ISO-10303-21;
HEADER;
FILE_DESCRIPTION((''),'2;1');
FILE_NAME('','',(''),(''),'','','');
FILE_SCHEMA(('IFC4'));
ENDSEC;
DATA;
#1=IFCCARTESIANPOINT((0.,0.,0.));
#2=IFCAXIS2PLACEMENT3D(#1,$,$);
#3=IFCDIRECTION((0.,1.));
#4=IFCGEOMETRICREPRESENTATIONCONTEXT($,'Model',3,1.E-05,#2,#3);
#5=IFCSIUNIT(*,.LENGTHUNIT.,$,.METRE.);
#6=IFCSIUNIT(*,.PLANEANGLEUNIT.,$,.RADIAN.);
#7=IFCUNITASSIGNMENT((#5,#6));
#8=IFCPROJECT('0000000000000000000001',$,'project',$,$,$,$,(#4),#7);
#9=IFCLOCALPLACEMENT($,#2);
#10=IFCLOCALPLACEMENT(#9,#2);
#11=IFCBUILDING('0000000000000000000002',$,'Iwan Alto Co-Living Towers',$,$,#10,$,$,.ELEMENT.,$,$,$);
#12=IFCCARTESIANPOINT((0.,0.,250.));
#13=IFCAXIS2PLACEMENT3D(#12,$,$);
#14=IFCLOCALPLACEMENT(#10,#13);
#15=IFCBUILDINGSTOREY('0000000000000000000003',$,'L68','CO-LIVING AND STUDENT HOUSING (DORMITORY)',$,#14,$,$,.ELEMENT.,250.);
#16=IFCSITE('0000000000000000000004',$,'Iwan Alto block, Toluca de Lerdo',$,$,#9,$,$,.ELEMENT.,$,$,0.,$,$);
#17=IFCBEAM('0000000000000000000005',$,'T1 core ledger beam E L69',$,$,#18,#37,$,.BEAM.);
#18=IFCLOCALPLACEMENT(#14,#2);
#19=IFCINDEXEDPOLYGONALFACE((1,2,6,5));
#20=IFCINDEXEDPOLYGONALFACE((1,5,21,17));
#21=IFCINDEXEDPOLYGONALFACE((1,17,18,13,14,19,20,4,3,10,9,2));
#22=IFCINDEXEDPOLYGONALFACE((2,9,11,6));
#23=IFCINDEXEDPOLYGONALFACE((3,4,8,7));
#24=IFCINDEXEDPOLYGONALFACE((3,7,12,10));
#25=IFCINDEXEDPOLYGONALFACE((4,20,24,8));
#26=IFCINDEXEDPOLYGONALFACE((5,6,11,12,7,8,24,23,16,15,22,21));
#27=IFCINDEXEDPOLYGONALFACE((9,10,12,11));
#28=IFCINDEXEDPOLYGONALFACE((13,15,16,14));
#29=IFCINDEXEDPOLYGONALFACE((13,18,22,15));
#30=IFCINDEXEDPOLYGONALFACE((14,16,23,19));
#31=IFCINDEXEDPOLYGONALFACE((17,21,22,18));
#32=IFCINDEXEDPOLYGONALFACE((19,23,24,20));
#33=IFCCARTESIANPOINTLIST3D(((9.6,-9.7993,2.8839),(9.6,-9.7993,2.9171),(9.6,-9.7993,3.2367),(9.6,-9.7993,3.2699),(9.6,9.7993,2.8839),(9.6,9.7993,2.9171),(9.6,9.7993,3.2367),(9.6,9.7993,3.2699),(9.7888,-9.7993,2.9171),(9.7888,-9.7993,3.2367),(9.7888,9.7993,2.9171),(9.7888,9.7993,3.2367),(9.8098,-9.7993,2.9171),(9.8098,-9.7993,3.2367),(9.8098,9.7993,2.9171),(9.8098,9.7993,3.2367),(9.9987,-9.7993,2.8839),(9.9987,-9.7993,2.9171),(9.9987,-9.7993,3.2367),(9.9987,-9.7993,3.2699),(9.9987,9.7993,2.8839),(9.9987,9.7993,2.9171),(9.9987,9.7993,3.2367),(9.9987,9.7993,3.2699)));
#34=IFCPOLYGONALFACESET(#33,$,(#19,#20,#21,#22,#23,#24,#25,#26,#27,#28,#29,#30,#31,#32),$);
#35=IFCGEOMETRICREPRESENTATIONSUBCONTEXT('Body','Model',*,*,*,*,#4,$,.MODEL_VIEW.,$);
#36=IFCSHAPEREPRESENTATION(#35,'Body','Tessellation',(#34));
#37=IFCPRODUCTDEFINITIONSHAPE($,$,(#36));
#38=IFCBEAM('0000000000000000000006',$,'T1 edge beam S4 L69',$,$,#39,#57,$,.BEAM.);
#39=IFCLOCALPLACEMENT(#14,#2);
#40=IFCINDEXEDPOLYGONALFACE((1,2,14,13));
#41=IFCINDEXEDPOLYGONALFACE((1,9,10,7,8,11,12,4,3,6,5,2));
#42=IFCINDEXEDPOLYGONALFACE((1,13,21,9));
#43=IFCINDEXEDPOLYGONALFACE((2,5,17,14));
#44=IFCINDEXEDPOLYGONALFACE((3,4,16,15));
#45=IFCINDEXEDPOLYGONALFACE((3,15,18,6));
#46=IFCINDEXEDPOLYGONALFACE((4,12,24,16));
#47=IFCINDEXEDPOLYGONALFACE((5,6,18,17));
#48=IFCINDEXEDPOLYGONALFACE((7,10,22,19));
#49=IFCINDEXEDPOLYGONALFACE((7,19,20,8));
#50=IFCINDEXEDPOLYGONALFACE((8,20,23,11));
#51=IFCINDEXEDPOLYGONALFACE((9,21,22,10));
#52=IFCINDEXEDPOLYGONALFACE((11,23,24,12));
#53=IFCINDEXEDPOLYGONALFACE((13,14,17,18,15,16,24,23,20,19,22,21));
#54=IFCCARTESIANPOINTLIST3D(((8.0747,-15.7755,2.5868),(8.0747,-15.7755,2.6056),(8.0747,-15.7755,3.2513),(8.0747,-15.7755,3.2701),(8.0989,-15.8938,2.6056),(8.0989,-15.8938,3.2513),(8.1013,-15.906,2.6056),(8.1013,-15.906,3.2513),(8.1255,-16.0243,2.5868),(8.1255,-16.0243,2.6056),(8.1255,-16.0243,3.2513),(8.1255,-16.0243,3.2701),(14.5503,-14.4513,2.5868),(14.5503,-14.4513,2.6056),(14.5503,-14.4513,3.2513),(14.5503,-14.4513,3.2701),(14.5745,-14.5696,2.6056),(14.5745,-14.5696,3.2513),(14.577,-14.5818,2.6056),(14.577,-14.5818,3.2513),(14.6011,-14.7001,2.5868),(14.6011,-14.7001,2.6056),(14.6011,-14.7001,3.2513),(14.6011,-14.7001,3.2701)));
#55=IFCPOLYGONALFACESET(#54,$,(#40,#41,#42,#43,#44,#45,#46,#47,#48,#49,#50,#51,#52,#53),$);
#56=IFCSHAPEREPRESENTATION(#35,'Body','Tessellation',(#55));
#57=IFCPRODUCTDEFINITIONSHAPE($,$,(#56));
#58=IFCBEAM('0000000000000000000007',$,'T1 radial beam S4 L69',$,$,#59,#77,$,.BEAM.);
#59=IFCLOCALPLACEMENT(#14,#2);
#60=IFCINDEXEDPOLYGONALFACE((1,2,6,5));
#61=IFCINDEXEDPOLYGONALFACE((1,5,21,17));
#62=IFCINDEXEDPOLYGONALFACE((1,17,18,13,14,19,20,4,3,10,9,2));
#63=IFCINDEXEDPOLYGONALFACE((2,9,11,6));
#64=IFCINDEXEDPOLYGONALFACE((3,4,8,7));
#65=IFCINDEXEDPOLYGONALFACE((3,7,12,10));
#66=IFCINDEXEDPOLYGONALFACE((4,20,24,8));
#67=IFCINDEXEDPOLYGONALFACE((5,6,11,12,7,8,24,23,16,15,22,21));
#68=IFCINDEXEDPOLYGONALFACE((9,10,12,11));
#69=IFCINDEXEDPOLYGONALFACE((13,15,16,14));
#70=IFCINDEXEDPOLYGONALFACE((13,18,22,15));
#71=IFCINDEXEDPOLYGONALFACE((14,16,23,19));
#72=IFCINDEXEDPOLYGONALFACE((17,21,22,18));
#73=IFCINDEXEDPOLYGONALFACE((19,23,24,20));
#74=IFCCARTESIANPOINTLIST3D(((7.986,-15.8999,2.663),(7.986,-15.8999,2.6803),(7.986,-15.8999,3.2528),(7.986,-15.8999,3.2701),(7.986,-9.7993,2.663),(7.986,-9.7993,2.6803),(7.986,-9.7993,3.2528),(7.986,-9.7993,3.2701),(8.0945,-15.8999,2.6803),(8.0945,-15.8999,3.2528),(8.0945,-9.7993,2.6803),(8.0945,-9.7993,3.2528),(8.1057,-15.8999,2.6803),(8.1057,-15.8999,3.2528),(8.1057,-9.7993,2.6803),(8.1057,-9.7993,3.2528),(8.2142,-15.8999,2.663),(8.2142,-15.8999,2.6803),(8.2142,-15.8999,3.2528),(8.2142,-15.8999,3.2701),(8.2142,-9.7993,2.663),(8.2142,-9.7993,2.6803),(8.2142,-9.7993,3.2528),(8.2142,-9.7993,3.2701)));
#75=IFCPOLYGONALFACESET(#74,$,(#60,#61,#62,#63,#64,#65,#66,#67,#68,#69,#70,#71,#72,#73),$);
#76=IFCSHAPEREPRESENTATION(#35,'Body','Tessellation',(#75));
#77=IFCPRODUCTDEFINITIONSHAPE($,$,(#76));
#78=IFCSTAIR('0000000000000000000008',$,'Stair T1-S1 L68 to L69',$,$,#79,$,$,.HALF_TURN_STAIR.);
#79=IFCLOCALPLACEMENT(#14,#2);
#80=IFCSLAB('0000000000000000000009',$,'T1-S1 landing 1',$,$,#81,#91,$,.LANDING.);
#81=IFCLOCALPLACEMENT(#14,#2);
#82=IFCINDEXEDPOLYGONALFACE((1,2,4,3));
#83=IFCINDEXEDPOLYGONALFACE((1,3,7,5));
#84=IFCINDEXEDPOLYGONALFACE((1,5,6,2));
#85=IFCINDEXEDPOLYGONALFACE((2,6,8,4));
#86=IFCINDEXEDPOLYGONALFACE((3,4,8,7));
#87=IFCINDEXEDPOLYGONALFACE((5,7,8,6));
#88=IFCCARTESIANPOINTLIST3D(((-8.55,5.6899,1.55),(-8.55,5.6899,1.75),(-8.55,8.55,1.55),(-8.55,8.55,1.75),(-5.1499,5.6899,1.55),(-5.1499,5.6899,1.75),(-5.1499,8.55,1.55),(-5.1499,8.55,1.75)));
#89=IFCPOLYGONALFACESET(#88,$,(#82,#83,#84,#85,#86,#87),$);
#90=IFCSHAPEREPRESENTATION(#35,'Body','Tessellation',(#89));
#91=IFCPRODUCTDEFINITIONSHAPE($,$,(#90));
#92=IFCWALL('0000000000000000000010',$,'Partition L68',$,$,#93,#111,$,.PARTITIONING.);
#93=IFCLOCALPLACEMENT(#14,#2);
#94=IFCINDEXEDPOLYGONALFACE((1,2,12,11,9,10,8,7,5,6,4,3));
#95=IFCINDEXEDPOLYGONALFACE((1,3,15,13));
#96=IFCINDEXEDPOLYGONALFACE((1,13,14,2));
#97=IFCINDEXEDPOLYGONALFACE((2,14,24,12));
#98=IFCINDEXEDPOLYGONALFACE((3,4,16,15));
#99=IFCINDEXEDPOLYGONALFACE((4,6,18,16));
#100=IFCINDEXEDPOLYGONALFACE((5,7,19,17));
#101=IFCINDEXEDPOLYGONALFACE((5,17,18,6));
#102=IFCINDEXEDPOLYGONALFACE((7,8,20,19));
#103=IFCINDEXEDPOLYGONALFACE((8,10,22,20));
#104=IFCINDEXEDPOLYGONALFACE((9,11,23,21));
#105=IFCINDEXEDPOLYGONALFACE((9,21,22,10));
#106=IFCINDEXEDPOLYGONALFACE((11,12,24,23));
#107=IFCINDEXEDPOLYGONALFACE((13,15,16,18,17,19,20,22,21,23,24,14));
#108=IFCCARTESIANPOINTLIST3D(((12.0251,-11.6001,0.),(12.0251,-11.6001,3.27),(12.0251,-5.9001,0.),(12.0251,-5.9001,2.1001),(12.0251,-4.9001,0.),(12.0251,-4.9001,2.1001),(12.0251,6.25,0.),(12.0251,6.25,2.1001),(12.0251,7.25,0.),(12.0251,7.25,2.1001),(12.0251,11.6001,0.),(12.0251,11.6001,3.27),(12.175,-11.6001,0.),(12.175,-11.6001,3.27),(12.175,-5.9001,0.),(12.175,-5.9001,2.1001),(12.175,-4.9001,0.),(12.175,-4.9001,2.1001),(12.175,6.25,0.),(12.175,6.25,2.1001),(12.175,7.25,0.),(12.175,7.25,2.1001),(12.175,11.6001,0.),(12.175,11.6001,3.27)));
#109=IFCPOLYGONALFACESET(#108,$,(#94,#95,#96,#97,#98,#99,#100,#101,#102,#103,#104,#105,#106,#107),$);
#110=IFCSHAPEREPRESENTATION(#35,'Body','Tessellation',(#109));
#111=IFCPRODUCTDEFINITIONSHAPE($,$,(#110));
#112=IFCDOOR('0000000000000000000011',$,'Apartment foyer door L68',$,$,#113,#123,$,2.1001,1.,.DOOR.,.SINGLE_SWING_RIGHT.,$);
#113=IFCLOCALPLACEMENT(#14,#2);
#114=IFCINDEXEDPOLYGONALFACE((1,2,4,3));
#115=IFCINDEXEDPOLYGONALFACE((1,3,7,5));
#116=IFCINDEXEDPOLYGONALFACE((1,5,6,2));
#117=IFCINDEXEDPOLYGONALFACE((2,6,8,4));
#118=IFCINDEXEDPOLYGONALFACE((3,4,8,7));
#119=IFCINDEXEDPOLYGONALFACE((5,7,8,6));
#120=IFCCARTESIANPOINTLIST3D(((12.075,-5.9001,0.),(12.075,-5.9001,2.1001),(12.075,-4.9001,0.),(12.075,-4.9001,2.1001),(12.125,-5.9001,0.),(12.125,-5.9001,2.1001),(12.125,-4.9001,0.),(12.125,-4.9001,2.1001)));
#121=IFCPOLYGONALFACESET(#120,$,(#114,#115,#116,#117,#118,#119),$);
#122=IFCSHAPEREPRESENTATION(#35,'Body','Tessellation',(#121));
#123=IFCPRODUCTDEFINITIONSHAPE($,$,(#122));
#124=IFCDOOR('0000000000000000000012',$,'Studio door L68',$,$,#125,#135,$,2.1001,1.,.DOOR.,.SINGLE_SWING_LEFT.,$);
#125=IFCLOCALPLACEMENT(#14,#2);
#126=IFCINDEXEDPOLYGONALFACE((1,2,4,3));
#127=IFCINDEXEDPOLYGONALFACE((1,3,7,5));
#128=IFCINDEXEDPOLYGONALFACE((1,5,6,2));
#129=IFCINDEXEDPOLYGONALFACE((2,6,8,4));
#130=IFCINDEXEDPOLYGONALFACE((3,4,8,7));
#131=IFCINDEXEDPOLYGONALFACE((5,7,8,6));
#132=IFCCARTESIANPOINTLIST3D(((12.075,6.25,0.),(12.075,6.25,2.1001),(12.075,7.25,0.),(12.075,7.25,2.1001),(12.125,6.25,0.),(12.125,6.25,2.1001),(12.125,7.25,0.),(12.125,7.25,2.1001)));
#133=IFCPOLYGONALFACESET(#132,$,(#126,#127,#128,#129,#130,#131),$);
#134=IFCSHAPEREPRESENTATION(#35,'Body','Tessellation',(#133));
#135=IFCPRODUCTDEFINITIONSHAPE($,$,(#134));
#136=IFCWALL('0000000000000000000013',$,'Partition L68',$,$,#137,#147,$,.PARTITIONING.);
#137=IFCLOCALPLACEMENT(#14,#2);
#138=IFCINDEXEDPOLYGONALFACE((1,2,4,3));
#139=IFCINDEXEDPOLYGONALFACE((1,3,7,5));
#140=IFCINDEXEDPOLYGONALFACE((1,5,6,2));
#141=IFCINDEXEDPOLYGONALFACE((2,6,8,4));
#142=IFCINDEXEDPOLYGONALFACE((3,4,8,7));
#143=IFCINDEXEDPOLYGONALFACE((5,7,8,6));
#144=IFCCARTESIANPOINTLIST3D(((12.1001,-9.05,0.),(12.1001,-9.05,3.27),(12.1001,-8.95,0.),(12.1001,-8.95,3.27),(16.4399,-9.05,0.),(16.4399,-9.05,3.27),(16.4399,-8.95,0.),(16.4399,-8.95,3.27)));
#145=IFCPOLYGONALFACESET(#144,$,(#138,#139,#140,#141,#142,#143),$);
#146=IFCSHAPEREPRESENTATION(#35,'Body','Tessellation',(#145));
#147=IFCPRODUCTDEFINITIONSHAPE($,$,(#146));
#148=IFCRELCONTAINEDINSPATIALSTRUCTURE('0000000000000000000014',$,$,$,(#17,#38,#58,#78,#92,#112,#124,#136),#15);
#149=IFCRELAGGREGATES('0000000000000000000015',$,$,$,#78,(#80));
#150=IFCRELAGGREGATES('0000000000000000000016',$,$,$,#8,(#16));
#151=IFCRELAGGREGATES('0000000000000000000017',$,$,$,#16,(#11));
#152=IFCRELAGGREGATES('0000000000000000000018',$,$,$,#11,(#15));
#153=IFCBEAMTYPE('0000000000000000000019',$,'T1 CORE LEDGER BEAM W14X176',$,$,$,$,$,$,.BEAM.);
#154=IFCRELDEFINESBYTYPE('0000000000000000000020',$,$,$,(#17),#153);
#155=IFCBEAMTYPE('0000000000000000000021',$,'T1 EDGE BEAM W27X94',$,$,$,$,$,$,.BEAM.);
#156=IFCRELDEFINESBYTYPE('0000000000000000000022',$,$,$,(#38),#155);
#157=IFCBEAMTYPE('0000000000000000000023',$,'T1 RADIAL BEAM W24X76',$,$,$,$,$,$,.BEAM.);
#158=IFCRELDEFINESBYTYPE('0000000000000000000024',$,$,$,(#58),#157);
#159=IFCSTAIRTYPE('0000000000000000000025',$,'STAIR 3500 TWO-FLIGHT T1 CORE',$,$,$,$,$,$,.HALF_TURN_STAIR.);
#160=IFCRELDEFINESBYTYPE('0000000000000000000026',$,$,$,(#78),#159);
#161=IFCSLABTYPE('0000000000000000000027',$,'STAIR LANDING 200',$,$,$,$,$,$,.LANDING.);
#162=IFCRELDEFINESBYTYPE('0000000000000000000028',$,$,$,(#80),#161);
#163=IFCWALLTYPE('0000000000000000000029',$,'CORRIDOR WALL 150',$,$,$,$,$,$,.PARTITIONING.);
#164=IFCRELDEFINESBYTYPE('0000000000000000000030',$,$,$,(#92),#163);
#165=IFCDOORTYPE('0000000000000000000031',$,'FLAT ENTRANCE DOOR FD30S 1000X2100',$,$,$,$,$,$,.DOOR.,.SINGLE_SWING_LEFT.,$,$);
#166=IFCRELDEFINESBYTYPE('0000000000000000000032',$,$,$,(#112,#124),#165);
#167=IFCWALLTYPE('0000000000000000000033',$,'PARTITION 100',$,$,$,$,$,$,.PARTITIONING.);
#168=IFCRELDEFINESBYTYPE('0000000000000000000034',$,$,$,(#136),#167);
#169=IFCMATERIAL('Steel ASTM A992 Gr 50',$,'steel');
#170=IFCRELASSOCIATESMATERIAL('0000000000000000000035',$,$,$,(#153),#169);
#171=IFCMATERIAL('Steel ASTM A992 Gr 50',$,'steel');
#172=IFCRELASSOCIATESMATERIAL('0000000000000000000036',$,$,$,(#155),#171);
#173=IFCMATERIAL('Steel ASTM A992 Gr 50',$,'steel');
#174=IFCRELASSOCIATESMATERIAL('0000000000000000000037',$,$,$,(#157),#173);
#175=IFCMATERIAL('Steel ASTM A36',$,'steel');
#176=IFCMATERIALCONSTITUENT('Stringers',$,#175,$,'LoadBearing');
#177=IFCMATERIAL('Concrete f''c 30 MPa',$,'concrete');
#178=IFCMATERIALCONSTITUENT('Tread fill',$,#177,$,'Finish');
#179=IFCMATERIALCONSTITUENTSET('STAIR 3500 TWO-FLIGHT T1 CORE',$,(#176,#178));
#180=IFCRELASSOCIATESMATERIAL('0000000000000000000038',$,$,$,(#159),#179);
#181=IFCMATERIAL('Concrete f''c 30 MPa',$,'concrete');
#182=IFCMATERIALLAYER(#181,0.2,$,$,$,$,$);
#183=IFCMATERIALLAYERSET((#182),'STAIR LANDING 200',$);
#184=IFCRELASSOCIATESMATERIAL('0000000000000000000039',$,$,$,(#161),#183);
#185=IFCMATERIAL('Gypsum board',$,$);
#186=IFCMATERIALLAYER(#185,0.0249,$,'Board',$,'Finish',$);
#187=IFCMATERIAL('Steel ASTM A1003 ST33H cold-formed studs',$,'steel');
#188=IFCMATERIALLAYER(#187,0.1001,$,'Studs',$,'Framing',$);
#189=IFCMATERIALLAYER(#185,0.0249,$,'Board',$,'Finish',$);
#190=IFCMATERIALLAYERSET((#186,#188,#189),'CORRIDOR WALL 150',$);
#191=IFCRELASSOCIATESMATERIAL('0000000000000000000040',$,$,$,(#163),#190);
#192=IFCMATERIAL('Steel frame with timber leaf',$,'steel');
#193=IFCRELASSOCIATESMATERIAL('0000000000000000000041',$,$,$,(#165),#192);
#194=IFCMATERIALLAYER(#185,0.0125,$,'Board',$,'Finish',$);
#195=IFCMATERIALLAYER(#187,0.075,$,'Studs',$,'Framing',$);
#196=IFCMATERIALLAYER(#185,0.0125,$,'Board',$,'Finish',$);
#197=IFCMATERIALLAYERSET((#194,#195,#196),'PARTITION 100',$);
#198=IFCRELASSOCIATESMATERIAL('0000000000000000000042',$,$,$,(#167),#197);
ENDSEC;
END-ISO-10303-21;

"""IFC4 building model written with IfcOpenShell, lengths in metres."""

from ifc_helpers import new_model, si_unit, direction, frame, frame_2d, origin, origin_2d, place, context, subcontext, project, spatial, polyline, rectangle, i_section, outline, extrude, material, layer, layer_set, constituent, constituent_set, material_profile, profile_set, type_object, element, fill, aggregate, save


model = new_model("IFC4")

# Units and contexts
model_context = context("Model", 3, precision=1e-05, world=origin(), true_north=direction((0.0, 1.0)))
body_context = subcontext(model_context, "Body", "Model", "MODEL_VIEW")
ifc_project = project(units=[si_unit("LENGTHUNIT", "METRE"), si_unit("PLANEANGLEUNIT", "RADIAN")], contexts=[model_context])

# Site, building, storey
site_placement = place(None, origin())
site = spatial("IfcSite", under=ifc_project, at=site_placement, Name="Iwan Alto block, Toluca de Lerdo", CompositionType="ELEMENT", RefElevation=0.0)
building_placement = place(site_placement, origin())
building = spatial("IfcBuilding", under=site, at=building_placement, Name="Iwan Alto Co-Living Towers", CompositionType="ELEMENT")
storey_placement = place(building_placement, frame((0.0, 0.0, 250.0)))
storey = spatial("IfcBuildingStorey", under=building, at=storey_placement, Name="L68", Description="CO-LIVING AND STUDENT HOUSING (DORMITORY)", CompositionType="ELEMENT", Elevation=250.0)

# Beams
ifc_material_1 = material(Name="Steel ASTM A992 Gr 50", Category="steel")
ifc_material_profile_1 = material_profile(ifc_material_1, i_section(OverallWidth=0.3987, OverallDepth=0.386, WebThickness=0.021, FlangeThickness=0.0332, at=origin_2d()), Name="W14X176")
ifc_profile_set_1 = profile_set([ifc_material_profile_1], Name="Steel ASTM A992 Gr 50")
beam_type_1 = type_object("IfcBeamType", Name="T1 CORE LEDGER BEAM W14X176", PredefinedType="BEAM", material=ifc_profile_set_1)
beam_1_placement = place(storey_placement, frame((9.7993, -9.7993, 3.0769), z_axis=(0.0, 1.0, 0.0), x_axis=(-1.0, 0.0, 0.0)))
element("IfcBeam", 1, at=beam_1_placement, inside=storey, type_object=beam_type_1, Name="T1 core ledger beam E L69", PredefinedType="BEAM", context=body_context, shape_type="SweptSolid", body=[
    extrude(i_section(OverallWidth=0.3987, OverallDepth=0.386, WebThickness=0.021, FlangeThickness=0.0332, at=origin_2d()), origin(), (0.0, 0.0, 1.0), 19.5986),
])
ifc_material_2 = material(Name="Steel ASTM A992 Gr 50", Category="steel")
ifc_material_profile_2 = material_profile(ifc_material_2, i_section(OverallWidth=0.2539, OverallDepth=0.6833, WebThickness=0.0125, FlangeThickness=0.0188, at=origin_2d()), Name="W27X94")
ifc_profile_set_2 = profile_set([ifc_material_profile_2], Name="Steel ASTM A992 Gr 50")
beam_type_2 = type_object("IfcBeamType", Name="T1 EDGE BEAM W27X94", PredefinedType="BEAM", material=ifc_profile_set_2)
beam_2_placement = place(storey_placement, frame((8.1001, -15.8999, 2.9285), z_axis=(0.979725, 0.200348, 0.0), x_axis=(-0.200348, 0.979725, 0.0)))
element("IfcBeam", 2, at=beam_2_placement, inside=storey, type_object=beam_type_2, Name="T1 edge beam S4 L69", PredefinedType="BEAM", context=body_context, shape_type="SweptSolid", body=[
    extrude(i_section(OverallWidth=0.2539, OverallDepth=0.6833, WebThickness=0.0125, FlangeThickness=0.0188, at=origin_2d()), origin(), (0.0, 0.0, 1.0), 6.6096),
])
ifc_material_3 = material(Name="Steel ASTM A992 Gr 50", Category="steel")
ifc_material_profile_3 = material_profile(ifc_material_3, i_section(OverallWidth=0.2283, OverallDepth=0.6072, WebThickness=0.0112, FlangeThickness=0.0173, at=origin_2d()), Name="W24X76")
ifc_profile_set_3 = profile_set([ifc_material_profile_3], Name="Steel ASTM A992 Gr 50")
beam_type_3 = type_object("IfcBeamType", Name="T1 RADIAL BEAM W24X76", PredefinedType="BEAM", material=ifc_profile_set_3)
beam_3_placement = place(storey_placement, frame((8.1001, -15.8999, 2.9666), z_axis=(0.0, 1.0, 0.0), x_axis=(-1.0, 0.0, 0.0)))
element("IfcBeam", 3, at=beam_3_placement, inside=storey, type_object=beam_type_3, Name="T1 radial beam S4 L69", PredefinedType="BEAM", context=body_context, shape_type="SweptSolid", body=[
    extrude(i_section(OverallWidth=0.2283, OverallDepth=0.6072, WebThickness=0.0112, FlangeThickness=0.0173, at=origin_2d()), origin(), (0.0, 0.0, 1.0), 6.1006),
])

# Stair, slab
ifc_material_4 = material(Name="Steel ASTM A36", Category="steel")
ifc_constituent_1 = constituent(ifc_material_4, Name="Stringers", Category="LoadBearing")
ifc_material_5 = material(Name="Concrete f'c 30 MPa", Category="concrete")
ifc_constituent_2 = constituent(ifc_material_5, Name="Tread fill", Category="Finish")
ifc_constituent_set_1 = constituent_set(constituents=[ifc_constituent_1, ifc_constituent_2], Name="STAIR 3500 TWO-FLIGHT T1 CORE")
stair_type = type_object("IfcStairType", Name="STAIR 3500 TWO-FLIGHT T1 CORE", PredefinedType="HALF_TURN_STAIR", material=ifc_constituent_set_1)
stair_1_placement = place(storey_placement, origin())
stair_1 = element("IfcStair", 4, at=stair_1_placement, inside=storey, type_object=stair_type, Name="Stair T1-S1 L68 to L69", PredefinedType="HALF_TURN_STAIR")
ifc_material_6 = material(Name="Concrete f'c 30 MPa", Category="concrete")
ifc_layer_1 = layer(ifc_material_6, 0.2)
ifc_layer_set_1 = layer_set([ifc_layer_1], Name="STAIR LANDING 200")
slab_type = type_object("IfcSlabType", Name="STAIR LANDING 200", PredefinedType="LANDING", material=ifc_layer_set_1)
slab_placement = place(storey_placement, frame((0.0, 0.0, 1.55)))
slab = element("IfcSlab", 5, at=slab_placement, type_object=slab_type, Name="T1-S1 landing 1", PredefinedType="LANDING", context=body_context, shape_type="SweptSolid", body=[
    extrude(outline(polyline([(-8.55, 5.6899), (-8.55, 8.55), (-5.1499, 8.55), (-5.1499, 5.6899), (-8.55, 5.6899)])), origin(), (0.0, 0.0, 1.0), 0.2),
])
aggregate(stair_1, [slab])

# Wall, openings, doors
ifc_material_7 = material(Name="Gypsum board")
ifc_layer_2 = layer(ifc_material_7, 0.0249, Name="Board", Category="Finish")
ifc_material_8 = material(Name="Steel ASTM A1003 ST33H cold-formed studs", Category="steel")
ifc_layer_3 = layer(ifc_material_8, 0.1001, Name="Studs", Category="Framing")
ifc_layer_4 = layer(ifc_material_7, 0.0249, Name="Board", Category="Finish")
ifc_layer_set_2 = layer_set([ifc_layer_2, ifc_layer_3, ifc_layer_4], Name="CORRIDOR WALL 150")
wall_type_1 = type_object("IfcWallType", Name="CORRIDOR WALL 150", PredefinedType="PARTITIONING", material=ifc_layer_set_2)
wall_1_placement = place(storey_placement, frame((12.1001, -11.6001, 0.0), z_axis=(0.0, 0.0, 1.0), x_axis=(0.0, 1.0, 0.0)))
wall_1 = element("IfcWall", 6, at=wall_1_placement, inside=storey, type_object=wall_type_1, Name="Partition L68", PredefinedType="PARTITIONING", context=body_context, shape_type="SweptSolid", body=[
    extrude(rectangle(XDim=23.2002, YDim=0.1499, at=frame_2d((11.6001, 0.0))), origin(), (0.0, 0.0, 1.0), 3.27),
])
opening_1_placement = place(wall_1_placement, frame((5.7, 0.0, 0.0)))
opening_1 = element("IfcOpeningElement", 7, at=opening_1_placement, cuts=wall_1, PredefinedType="OPENING", context=body_context, shape_type="SweptSolid", body=[
    extrude(rectangle(XDim=1.0, YDim=2.1001, at=frame_2d((0.5, 1.05))), frame((0.0, 0.085, 0.0), z_axis=(0.0, -1.0, 0.0), x_axis=(1.0, 0.0, 0.0)), (0.0, 0.0, 1.0), 0.1699),
])
opening_2_placement = place(wall_1_placement, frame((17.8501, 0.0, 0.0)))
opening_2 = element("IfcOpeningElement", 8, at=opening_2_placement, cuts=wall_1, PredefinedType="OPENING", context=body_context, shape_type="SweptSolid", body=[
    extrude(rectangle(XDim=1.0, YDim=2.1001, at=frame_2d((0.5, 1.05))), frame((0.0, 0.085, 0.0), z_axis=(0.0, -1.0, 0.0), x_axis=(1.0, 0.0, 0.0)), (0.0, 0.0, 1.0), 0.1699),
])
ifc_material_9 = material(Name="Steel frame with timber leaf", Category="steel")
door_type_1 = type_object("IfcDoorType", Name="FLAT ENTRANCE DOOR FD30S 1000X2100", OperationType="SINGLE_SWING_LEFT", PredefinedType="DOOR", material=ifc_material_9)
door_1_placement = place(opening_1_placement, frame((1.0, 0.0, 0.0), z_axis=(0.0, 0.0, 1.0), x_axis=(-1.0, 0.0, 0.0)))
door_1 = element("IfcDoor", 9, at=door_1_placement, inside=storey, type_object=door_type_1, Name="Apartment foyer door L68", OperationType="SINGLE_SWING_RIGHT", OverallHeight=2.1001, OverallWidth=1.0, PredefinedType="DOOR", context=body_context, shape_type="SweptSolid", body=[
    extrude(rectangle(XDim=1.0, YDim=2.1001, at=frame_2d((0.5, 1.05))), frame((0.0, 0.0249, 0.0), z_axis=(0.0, -1.0, 0.0), x_axis=(1.0, 0.0, 0.0)), (0.0, 0.0, 1.0), 0.05),
])
fill(opening_1, door_1)
door_2_placement = place(opening_2_placement, frame((1.0, 0.0, 0.0), z_axis=(0.0, 0.0, 1.0), x_axis=(-1.0, 0.0, 0.0)))
door_2 = element("IfcDoor", 10, at=door_2_placement, inside=storey, type_object=door_type_1, Name="Studio door L68", OperationType="SINGLE_SWING_LEFT", OverallHeight=2.1001, OverallWidth=1.0, PredefinedType="DOOR", context=body_context, shape_type="SweptSolid", body=[
    extrude(rectangle(XDim=1.0, YDim=2.1001, at=frame_2d((0.5, 1.05))), frame((0.0, 0.0249, 0.0), z_axis=(0.0, -1.0, 0.0), x_axis=(1.0, 0.0, 0.0)), (0.0, 0.0, 1.0), 0.05),
])
fill(opening_2, door_2)

# Wall
ifc_layer_5 = layer(ifc_material_7, 0.0125, Name="Board", Category="Finish")
ifc_layer_6 = layer(ifc_material_8, 0.075, Name="Studs", Category="Framing")
ifc_layer_7 = layer(ifc_material_7, 0.0125, Name="Board", Category="Finish")
ifc_layer_set_3 = layer_set([ifc_layer_5, ifc_layer_6, ifc_layer_7], Name="PARTITION 100")
wall_type_2 = type_object("IfcWallType", Name="PARTITION 100", PredefinedType="PARTITIONING", material=ifc_layer_set_3)
wall_2_placement = place(storey_placement, frame((12.1001, -9.0, 0.0), z_axis=(0.0, 0.0, 1.0), x_axis=(1.0, 0.0, 0.0)))
element("IfcWall", 11, at=wall_2_placement, inside=storey, type_object=wall_type_2, Name="Partition L68", PredefinedType="PARTITIONING", context=body_context, shape_type="SweptSolid", body=[
    extrude(rectangle(XDim=4.3398, YDim=0.1001, at=frame_2d((2.1699, 0.0))), origin(), (0.0, 0.0, 1.0), 3.27),
])

save(model, "model.ifc")
